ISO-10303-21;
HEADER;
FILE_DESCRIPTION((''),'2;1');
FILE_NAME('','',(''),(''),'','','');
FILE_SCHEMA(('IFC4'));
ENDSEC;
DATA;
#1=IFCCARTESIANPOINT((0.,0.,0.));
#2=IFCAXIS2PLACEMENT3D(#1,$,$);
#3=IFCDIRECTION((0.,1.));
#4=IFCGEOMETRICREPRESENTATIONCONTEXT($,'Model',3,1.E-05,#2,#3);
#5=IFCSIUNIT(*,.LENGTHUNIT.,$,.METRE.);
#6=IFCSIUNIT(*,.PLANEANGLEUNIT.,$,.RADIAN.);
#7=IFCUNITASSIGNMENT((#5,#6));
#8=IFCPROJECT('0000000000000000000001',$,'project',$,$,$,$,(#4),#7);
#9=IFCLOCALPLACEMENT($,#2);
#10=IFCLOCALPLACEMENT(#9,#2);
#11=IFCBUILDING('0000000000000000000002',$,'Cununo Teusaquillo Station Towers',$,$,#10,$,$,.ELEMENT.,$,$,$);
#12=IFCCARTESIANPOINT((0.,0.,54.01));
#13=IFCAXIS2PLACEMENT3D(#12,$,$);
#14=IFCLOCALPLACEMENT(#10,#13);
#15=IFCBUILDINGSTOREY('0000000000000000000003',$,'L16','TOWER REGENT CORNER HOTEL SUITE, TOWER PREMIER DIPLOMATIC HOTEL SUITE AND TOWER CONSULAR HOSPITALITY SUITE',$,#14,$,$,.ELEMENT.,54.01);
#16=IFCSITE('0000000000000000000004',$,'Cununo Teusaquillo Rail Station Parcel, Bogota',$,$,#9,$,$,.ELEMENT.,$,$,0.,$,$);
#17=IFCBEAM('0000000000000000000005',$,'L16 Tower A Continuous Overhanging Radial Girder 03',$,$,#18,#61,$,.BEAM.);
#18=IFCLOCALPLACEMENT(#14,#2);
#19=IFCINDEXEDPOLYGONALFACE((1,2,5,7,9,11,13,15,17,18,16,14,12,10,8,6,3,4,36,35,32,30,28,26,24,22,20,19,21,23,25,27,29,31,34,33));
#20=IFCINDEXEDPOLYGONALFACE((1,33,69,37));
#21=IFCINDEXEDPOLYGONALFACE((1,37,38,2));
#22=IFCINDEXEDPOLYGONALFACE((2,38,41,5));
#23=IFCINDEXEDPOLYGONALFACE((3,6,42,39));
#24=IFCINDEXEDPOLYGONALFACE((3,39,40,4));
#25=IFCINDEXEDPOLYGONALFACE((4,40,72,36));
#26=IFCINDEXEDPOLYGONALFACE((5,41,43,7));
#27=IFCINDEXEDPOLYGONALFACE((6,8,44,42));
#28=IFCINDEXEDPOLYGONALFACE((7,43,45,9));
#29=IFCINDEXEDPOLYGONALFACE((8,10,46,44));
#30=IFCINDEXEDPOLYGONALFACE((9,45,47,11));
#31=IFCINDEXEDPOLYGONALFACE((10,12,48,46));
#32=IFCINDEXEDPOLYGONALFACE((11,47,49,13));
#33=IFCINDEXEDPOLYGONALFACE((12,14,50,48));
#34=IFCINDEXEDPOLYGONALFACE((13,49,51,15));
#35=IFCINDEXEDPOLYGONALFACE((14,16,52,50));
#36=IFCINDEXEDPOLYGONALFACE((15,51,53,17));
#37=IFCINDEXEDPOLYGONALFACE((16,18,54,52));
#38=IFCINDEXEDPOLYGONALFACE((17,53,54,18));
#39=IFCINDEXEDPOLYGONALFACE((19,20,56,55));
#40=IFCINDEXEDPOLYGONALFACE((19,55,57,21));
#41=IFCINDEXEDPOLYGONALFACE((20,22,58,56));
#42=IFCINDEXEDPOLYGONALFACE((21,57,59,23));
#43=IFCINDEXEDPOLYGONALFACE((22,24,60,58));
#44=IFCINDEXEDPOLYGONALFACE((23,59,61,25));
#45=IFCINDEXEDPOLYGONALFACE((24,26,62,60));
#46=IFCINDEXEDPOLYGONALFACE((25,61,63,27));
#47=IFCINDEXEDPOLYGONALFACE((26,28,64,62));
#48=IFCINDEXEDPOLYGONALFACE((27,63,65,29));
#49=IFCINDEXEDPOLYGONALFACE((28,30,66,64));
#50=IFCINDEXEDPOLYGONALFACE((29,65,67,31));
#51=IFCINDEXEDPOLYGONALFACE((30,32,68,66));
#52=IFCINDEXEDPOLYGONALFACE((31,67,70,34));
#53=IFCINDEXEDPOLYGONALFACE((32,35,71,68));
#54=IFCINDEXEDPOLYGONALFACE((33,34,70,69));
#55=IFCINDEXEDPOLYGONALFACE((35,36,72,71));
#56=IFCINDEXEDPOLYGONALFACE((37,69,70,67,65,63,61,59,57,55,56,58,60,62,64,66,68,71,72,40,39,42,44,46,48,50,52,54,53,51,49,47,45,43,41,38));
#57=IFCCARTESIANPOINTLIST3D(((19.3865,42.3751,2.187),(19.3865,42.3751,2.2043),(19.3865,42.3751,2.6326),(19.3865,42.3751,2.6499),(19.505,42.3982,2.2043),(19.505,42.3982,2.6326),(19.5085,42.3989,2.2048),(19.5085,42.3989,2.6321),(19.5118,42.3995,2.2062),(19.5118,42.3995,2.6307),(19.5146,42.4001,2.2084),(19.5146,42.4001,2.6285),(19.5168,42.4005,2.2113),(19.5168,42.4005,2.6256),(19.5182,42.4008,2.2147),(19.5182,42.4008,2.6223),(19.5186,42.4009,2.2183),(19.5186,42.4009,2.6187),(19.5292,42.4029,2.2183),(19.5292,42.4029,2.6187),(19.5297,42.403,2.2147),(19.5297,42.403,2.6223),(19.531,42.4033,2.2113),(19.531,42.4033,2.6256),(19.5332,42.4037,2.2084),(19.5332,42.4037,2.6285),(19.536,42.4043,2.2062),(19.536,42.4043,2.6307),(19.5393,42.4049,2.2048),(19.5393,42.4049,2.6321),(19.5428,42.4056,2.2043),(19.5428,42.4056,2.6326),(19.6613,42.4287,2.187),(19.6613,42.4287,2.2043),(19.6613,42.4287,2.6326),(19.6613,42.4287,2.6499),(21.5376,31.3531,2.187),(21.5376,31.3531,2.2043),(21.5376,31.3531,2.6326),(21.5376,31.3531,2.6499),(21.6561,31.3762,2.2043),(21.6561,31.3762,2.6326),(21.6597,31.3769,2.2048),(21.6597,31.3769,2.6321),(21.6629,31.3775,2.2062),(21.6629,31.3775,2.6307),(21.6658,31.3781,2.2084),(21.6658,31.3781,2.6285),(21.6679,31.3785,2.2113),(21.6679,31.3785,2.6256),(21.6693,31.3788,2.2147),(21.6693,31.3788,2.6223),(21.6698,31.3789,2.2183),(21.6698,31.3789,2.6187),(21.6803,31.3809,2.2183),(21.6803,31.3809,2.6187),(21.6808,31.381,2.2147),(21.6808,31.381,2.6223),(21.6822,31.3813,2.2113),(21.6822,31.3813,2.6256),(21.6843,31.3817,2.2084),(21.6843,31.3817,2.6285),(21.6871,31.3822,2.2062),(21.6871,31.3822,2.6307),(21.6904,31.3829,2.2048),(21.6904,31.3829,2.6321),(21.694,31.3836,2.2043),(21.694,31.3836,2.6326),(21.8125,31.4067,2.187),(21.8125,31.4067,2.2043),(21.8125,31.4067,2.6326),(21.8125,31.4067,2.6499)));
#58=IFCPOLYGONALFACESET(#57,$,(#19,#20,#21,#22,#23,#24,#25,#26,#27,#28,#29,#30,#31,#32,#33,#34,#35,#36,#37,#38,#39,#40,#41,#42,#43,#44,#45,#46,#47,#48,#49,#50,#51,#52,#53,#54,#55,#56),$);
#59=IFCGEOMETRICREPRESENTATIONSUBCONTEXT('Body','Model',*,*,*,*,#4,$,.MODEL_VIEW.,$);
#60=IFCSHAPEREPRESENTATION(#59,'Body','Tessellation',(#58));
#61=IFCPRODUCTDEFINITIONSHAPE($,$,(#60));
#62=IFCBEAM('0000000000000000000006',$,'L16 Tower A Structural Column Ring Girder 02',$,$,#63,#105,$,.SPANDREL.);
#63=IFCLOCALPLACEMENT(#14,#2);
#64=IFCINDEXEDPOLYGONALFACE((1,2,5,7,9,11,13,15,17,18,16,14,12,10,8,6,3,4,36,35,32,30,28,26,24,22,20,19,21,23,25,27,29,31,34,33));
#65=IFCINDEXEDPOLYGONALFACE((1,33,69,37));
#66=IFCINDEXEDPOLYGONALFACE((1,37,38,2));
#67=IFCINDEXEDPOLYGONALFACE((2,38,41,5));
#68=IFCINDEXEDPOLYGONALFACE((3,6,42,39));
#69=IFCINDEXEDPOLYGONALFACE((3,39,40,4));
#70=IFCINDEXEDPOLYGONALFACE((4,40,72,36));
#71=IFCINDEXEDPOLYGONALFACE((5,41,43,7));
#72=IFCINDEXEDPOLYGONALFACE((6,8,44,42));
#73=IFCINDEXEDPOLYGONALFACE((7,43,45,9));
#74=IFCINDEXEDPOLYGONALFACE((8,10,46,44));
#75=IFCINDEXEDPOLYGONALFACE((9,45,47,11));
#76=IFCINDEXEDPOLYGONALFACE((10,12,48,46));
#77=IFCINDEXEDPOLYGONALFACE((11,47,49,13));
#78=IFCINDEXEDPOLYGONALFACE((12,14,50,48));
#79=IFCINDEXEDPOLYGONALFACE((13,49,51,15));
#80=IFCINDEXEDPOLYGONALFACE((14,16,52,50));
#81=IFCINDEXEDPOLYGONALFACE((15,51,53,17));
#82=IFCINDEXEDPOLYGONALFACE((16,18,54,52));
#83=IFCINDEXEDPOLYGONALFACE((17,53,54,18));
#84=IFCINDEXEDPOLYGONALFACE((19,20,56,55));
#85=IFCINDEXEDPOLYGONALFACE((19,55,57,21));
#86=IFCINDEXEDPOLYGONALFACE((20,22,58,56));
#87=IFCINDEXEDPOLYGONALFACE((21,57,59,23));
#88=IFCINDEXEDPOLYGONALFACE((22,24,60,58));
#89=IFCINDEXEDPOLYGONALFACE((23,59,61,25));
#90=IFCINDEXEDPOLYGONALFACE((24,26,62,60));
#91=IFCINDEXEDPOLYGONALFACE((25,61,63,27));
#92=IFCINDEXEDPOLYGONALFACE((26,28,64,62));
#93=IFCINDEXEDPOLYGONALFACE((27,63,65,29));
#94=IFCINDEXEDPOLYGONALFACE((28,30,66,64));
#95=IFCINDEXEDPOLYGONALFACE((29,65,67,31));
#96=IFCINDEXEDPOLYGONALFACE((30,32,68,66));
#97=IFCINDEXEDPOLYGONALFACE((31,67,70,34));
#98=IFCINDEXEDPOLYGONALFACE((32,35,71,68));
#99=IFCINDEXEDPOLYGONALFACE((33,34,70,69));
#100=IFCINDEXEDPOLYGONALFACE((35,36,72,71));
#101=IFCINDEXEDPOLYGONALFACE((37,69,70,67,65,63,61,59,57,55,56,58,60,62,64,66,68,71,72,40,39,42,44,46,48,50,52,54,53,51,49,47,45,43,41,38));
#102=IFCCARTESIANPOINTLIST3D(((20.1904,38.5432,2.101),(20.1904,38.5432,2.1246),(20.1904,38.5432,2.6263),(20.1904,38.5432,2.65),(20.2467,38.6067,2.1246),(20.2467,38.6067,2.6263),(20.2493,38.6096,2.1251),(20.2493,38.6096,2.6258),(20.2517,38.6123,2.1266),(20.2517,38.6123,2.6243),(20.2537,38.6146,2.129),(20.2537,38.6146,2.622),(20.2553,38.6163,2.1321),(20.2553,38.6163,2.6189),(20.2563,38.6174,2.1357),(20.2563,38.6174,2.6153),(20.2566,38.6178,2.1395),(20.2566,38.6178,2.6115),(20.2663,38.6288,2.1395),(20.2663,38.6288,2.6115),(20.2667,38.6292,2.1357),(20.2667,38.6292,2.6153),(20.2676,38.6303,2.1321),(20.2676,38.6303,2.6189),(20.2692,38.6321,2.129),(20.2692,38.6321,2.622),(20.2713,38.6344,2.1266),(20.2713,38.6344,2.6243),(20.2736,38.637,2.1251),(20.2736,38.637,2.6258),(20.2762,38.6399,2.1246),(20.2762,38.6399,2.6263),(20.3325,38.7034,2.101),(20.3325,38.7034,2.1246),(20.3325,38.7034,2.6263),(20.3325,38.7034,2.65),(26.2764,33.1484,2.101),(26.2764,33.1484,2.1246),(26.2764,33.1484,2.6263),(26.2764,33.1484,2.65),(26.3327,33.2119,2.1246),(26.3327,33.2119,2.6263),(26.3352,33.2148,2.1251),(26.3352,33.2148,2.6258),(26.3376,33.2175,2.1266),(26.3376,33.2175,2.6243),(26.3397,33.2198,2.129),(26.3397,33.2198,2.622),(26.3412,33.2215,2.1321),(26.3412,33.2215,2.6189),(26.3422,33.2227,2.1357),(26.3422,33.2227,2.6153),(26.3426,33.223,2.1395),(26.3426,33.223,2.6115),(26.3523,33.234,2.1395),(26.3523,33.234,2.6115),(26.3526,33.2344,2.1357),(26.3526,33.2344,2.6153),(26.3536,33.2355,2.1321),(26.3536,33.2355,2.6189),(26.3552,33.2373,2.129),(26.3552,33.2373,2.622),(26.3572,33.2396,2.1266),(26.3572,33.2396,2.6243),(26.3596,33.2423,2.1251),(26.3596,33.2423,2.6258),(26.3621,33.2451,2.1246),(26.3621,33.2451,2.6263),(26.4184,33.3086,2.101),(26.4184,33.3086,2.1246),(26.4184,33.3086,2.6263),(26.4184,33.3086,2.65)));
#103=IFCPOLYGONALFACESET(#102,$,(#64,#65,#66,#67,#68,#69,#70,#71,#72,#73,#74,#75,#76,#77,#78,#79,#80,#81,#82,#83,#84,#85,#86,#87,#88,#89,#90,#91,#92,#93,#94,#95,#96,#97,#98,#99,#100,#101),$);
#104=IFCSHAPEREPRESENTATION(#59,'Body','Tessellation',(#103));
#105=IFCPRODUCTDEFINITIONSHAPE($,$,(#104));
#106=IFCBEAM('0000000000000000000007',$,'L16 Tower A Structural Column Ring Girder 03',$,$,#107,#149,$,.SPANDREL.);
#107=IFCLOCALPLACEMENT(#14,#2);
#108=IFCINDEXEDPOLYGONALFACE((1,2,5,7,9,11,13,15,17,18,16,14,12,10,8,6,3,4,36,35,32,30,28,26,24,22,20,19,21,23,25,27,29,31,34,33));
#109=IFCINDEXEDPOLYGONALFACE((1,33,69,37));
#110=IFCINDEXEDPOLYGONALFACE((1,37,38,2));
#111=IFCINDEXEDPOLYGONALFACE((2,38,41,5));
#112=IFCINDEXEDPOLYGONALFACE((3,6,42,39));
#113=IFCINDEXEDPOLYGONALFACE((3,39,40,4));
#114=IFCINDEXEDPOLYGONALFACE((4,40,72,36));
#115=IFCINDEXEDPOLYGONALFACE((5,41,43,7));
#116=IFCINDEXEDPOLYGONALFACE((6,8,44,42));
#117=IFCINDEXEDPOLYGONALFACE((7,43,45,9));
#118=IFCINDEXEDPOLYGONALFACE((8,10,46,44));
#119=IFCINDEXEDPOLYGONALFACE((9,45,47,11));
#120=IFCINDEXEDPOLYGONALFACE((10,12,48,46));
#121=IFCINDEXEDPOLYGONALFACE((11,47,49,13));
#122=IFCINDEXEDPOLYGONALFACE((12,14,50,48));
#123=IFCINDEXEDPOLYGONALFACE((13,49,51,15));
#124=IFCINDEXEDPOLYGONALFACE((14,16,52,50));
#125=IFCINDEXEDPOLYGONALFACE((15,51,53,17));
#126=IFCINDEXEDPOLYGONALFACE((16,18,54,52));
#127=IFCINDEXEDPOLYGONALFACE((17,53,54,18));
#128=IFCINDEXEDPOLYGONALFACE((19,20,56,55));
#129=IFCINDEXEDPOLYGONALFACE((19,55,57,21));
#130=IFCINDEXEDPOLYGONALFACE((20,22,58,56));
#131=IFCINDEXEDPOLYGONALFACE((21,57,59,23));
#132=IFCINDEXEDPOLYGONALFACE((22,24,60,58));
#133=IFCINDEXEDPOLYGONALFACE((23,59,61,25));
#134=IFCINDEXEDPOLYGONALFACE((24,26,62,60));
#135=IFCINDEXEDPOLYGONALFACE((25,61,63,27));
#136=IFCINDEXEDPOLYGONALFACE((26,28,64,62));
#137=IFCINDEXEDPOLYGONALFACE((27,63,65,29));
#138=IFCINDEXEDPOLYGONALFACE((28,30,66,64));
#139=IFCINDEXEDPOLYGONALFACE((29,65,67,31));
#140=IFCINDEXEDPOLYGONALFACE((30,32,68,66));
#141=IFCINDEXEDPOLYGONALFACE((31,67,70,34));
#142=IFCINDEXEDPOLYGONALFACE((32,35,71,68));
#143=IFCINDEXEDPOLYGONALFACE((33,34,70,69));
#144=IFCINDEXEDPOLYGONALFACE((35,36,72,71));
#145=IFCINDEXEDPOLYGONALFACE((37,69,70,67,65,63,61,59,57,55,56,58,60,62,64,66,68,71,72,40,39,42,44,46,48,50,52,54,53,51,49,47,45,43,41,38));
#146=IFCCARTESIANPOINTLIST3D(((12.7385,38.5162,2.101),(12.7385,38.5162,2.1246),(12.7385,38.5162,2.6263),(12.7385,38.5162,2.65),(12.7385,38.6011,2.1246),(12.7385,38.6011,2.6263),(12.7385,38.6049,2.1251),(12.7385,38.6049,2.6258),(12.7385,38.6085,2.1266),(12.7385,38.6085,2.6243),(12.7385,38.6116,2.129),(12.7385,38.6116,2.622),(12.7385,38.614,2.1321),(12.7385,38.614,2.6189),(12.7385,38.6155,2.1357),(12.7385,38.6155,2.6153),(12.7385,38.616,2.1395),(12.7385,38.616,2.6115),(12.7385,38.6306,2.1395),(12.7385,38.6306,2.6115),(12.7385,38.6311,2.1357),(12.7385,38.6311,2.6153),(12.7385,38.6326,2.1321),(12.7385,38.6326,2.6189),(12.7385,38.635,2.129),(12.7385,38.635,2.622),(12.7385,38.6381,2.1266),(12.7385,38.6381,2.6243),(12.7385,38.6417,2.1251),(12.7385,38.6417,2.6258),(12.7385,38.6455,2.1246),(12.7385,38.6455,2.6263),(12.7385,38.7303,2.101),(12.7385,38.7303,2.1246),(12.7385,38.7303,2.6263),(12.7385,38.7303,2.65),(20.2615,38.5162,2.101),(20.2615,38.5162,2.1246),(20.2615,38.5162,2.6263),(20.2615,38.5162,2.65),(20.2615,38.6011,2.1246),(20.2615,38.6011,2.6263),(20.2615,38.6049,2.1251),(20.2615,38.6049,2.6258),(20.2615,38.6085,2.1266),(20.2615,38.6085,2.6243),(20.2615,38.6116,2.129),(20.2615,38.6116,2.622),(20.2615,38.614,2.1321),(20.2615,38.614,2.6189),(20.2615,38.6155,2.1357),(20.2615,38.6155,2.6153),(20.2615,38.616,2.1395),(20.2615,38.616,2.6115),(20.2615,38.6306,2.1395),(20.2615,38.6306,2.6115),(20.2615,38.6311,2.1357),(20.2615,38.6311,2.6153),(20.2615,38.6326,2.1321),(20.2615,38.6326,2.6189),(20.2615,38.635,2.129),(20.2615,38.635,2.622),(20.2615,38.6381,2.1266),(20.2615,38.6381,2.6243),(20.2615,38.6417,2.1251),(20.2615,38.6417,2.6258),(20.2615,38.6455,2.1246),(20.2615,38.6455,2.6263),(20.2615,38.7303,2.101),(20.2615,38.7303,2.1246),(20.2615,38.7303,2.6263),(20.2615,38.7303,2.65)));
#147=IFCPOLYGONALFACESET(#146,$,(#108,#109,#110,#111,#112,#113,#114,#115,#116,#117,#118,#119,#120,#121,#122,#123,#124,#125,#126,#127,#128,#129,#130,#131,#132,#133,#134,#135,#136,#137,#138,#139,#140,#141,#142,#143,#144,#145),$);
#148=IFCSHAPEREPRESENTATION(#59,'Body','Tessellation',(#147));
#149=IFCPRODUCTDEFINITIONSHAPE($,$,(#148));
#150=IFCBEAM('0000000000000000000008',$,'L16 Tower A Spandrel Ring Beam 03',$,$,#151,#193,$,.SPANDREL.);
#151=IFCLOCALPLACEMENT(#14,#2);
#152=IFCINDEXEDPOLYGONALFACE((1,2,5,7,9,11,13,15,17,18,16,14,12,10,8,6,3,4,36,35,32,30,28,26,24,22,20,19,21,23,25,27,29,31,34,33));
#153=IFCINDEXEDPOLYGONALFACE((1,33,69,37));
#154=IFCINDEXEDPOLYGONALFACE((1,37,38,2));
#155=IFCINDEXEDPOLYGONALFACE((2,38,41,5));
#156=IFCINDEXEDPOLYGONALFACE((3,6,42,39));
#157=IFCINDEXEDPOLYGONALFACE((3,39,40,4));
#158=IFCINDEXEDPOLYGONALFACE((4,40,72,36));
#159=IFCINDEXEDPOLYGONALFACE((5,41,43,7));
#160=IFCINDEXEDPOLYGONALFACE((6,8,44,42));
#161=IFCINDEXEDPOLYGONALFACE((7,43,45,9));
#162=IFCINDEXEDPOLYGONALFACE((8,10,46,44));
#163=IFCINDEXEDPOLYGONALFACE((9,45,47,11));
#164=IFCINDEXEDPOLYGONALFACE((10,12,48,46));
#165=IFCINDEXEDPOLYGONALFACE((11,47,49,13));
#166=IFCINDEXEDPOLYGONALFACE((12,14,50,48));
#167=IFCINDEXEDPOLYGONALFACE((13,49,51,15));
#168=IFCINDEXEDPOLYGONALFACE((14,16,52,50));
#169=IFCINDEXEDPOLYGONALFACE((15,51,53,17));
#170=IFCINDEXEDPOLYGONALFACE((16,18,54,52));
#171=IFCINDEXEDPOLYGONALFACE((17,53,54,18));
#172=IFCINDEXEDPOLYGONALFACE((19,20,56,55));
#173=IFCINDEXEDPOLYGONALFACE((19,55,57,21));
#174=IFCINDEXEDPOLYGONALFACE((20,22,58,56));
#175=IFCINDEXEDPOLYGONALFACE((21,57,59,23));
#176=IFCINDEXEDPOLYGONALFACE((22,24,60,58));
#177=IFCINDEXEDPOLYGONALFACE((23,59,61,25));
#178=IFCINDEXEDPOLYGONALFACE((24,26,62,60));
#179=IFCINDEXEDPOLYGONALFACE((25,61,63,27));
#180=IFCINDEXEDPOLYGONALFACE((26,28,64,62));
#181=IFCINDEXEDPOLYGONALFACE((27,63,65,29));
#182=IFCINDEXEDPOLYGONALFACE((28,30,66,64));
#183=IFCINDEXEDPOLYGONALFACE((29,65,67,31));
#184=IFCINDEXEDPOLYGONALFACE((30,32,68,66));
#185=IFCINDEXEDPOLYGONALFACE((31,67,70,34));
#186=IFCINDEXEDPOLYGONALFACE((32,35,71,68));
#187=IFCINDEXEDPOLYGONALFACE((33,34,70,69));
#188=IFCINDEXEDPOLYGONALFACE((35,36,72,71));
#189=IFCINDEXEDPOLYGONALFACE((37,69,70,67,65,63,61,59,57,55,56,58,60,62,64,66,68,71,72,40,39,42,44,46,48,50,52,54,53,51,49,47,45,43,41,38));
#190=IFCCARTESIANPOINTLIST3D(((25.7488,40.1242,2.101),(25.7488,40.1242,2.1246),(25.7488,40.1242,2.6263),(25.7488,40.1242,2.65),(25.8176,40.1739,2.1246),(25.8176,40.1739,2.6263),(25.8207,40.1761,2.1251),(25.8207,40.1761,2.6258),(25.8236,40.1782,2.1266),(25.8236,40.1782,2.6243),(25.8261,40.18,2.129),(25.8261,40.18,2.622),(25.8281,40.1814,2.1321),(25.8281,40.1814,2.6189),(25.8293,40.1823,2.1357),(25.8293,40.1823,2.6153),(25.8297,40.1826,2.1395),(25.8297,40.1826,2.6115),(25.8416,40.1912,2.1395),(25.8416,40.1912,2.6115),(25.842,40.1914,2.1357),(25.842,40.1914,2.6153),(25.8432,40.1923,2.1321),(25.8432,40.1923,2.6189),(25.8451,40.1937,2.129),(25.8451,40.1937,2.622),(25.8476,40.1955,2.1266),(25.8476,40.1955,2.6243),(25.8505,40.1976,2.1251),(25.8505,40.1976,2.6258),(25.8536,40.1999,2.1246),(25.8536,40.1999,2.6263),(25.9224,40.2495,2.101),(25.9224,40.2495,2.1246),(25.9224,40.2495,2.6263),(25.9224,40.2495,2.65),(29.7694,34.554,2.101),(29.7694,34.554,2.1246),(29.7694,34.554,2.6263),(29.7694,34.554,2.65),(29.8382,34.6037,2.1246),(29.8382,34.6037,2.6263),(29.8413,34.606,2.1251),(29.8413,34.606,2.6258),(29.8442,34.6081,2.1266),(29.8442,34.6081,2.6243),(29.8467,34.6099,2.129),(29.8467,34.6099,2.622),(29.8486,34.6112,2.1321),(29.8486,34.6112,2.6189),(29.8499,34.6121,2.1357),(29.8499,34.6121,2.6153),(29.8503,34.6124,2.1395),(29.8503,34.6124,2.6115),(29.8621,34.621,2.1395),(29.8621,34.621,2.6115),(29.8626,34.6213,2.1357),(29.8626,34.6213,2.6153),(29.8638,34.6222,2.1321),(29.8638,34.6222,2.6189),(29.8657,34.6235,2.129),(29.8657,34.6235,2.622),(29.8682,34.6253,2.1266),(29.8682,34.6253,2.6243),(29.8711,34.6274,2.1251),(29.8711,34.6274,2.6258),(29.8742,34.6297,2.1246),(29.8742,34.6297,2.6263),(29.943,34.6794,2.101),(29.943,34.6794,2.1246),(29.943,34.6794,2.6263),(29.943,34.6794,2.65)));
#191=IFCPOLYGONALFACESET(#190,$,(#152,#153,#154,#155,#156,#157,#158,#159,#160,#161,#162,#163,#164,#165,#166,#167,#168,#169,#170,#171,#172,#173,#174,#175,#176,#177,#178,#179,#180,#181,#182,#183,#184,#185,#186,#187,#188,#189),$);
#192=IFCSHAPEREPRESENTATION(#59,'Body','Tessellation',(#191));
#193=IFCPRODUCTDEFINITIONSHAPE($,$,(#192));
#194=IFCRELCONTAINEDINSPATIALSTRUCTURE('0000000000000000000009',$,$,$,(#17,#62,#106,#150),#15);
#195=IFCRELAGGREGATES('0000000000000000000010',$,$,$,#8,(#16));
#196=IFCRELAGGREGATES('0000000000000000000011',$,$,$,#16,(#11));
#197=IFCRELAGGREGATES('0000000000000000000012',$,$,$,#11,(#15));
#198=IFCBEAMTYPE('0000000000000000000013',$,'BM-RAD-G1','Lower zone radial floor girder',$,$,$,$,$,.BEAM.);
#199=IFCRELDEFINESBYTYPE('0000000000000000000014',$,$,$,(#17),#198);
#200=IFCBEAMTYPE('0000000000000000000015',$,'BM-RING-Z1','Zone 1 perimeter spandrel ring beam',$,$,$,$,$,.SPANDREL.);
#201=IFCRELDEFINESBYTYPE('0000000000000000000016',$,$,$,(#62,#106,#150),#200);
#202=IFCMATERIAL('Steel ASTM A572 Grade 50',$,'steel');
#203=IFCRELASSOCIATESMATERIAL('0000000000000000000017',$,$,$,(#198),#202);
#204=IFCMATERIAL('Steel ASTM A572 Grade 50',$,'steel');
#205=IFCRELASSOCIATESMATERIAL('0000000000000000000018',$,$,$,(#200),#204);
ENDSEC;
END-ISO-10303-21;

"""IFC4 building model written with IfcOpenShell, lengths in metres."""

from ifc_helpers import new_model, si_unit, direction, frame, origin, origin_2d, place, context, subcontext, project, spatial, i_section, extrude, material, material_profile, profile_set, type_object, element, save


model = new_model("IFC4")

# Units and contexts
model_context = context("Model", 3, precision=1e-05, world=origin(), true_north=direction((0.0, 1.0)))
body_context = subcontext(model_context, "Body", "Model", "MODEL_VIEW")
ifc_project = project(units=[si_unit("LENGTHUNIT", "METRE"), si_unit("PLANEANGLEUNIT", "RADIAN")], contexts=[model_context])

# Site, building, storey
site_placement = place(None, origin())
site = spatial("IfcSite", under=ifc_project, at=site_placement, Name="Cununo Teusaquillo Rail Station Parcel, Bogota", CompositionType="ELEMENT", RefElevation=0.0)
building_placement = place(site_placement, origin())
building = spatial("IfcBuilding", under=site, at=building_placement, Name="Cununo Teusaquillo Station Towers", CompositionType="ELEMENT")
storey_placement = place(building_placement, frame((0.0, 0.0, 54.01)))
storey = spatial("IfcBuildingStorey", under=building, at=storey_placement, Name="L16", Description="TOWER REGENT CORNER HOTEL SUITE, TOWER PREMIER DIPLOMATIC HOTEL SUITE AND TOWER CONSULAR HOSPITALITY SUITE", CompositionType="ELEMENT", Elevation=54.01)

# Beams
ifc_material_1 = material(Name="Steel ASTM A572 Grade 50", Category="steel")
ifc_material_profile_1 = material_profile(ifc_material_1, i_section(OverallWidth=0.28, OverallDepth=0.4629, WebThickness=0.0107, FlangeThickness=0.0173, FilletRadius=0.0139, at=origin_2d()), Name="W18X76")
ifc_profile_set_1 = profile_set([ifc_material_profile_1], Name="Steel ASTM A572 Grade 50")
beam_type_1 = type_object("IfcBeamType", Name="BM-RAD-G1", Description="Lower zone radial floor girder", PredefinedType="BEAM", material=ifc_profile_set_1)
beam_1_placement = place(storey_placement, frame((21.675, 31.3799, 2.4185), z_axis=(-0.191553, 0.981482, 0.0), x_axis=(-0.981482, -0.191553, 0.0)))
element("IfcBeam", 1, at=beam_1_placement, inside=storey, type_object=beam_type_1, Name="L16 Tower A Continuous Overhanging Radial Girder 03", PredefinedType="BEAM", context=body_context, shape_type="SweptSolid", body=[
    extrude(i_section(OverallWidth=0.28, OverallDepth=0.4629, WebThickness=0.0107, FlangeThickness=0.0173, FilletRadius=0.0139, at=origin_2d()), origin(), (0.0, 0.0, 1.0), 11.23),
])
ifc_material_2 = material(Name="Steel ASTM A572 Grade 50", Category="steel")
ifc_material_profile_2 = material_profile(ifc_material_2, i_section(OverallWidth=0.2141, OverallDepth=0.5491, WebThickness=0.0146, FlangeThickness=0.0237, FilletRadius=0.0149, at=origin_2d()), Name="W21X93")
ifc_profile_set_2 = profile_set([ifc_material_profile_2], Name="Steel ASTM A572 Grade 50")
beam_type_2 = type_object("IfcBeamType", Name="BM-RING-Z1", Description="Zone 1 perimeter spandrel ring beam", PredefinedType="SPANDREL", material=ifc_profile_set_2)
beam_2_placement = place(storey_placement, frame((26.3474, 33.2285, 2.3755), z_axis=(-0.748321, 0.663337, 0.0), x_axis=(-0.663337, -0.748321, 0.0)))
element("IfcBeam", 2, at=beam_2_placement, inside=storey, type_object=beam_type_2, Name="L16 Tower A Structural Column Ring Girder 02", PredefinedType="SPANDREL", context=body_context, shape_type="SweptSolid", body=[
    extrude(i_section(OverallWidth=0.2141, OverallDepth=0.5491, WebThickness=0.0146, FlangeThickness=0.0237, FilletRadius=0.0149, at=origin_2d()), origin(), (0.0, 0.0, 1.0), 8.1328),
])
beam_3_placement = place(storey_placement, frame((20.2615, 38.6233, 2.3755), z_axis=(-1.0, 0.0, 0.0), x_axis=(0.0, -1.0, 0.0)))
element("IfcBeam", 3, at=beam_3_placement, inside=storey, type_object=beam_type_2, Name="L16 Tower A Structural Column Ring Girder 03", PredefinedType="SPANDREL", context=body_context, shape_type="SweptSolid", body=[
    extrude(i_section(OverallWidth=0.2141, OverallDepth=0.5491, WebThickness=0.0146, FlangeThickness=0.0237, FilletRadius=0.0149, at=origin_2d()), origin(), (0.0, 0.0, 1.0), 7.5229),
])
beam_4_placement = place(storey_placement, frame((29.8562, 34.6167, 2.3755), z_axis=(-0.585269, 0.810839, 0.0), x_axis=(-0.810839, -0.585269, 0.0)))
element("IfcBeam", 4, at=beam_4_placement, inside=storey, type_object=beam_type_2, Name="L16 Tower A Spandrel Ring Beam 03", PredefinedType="SPANDREL", context=body_context, shape_type="SweptSolid", body=[
    extrude(i_section(OverallWidth=0.2141, OverallDepth=0.5491, WebThickness=0.0146, FlangeThickness=0.0237, FilletRadius=0.0149, at=origin_2d()), origin(), (0.0, 0.0, 1.0), 6.8696),
])

save(model, "model.ifc")
